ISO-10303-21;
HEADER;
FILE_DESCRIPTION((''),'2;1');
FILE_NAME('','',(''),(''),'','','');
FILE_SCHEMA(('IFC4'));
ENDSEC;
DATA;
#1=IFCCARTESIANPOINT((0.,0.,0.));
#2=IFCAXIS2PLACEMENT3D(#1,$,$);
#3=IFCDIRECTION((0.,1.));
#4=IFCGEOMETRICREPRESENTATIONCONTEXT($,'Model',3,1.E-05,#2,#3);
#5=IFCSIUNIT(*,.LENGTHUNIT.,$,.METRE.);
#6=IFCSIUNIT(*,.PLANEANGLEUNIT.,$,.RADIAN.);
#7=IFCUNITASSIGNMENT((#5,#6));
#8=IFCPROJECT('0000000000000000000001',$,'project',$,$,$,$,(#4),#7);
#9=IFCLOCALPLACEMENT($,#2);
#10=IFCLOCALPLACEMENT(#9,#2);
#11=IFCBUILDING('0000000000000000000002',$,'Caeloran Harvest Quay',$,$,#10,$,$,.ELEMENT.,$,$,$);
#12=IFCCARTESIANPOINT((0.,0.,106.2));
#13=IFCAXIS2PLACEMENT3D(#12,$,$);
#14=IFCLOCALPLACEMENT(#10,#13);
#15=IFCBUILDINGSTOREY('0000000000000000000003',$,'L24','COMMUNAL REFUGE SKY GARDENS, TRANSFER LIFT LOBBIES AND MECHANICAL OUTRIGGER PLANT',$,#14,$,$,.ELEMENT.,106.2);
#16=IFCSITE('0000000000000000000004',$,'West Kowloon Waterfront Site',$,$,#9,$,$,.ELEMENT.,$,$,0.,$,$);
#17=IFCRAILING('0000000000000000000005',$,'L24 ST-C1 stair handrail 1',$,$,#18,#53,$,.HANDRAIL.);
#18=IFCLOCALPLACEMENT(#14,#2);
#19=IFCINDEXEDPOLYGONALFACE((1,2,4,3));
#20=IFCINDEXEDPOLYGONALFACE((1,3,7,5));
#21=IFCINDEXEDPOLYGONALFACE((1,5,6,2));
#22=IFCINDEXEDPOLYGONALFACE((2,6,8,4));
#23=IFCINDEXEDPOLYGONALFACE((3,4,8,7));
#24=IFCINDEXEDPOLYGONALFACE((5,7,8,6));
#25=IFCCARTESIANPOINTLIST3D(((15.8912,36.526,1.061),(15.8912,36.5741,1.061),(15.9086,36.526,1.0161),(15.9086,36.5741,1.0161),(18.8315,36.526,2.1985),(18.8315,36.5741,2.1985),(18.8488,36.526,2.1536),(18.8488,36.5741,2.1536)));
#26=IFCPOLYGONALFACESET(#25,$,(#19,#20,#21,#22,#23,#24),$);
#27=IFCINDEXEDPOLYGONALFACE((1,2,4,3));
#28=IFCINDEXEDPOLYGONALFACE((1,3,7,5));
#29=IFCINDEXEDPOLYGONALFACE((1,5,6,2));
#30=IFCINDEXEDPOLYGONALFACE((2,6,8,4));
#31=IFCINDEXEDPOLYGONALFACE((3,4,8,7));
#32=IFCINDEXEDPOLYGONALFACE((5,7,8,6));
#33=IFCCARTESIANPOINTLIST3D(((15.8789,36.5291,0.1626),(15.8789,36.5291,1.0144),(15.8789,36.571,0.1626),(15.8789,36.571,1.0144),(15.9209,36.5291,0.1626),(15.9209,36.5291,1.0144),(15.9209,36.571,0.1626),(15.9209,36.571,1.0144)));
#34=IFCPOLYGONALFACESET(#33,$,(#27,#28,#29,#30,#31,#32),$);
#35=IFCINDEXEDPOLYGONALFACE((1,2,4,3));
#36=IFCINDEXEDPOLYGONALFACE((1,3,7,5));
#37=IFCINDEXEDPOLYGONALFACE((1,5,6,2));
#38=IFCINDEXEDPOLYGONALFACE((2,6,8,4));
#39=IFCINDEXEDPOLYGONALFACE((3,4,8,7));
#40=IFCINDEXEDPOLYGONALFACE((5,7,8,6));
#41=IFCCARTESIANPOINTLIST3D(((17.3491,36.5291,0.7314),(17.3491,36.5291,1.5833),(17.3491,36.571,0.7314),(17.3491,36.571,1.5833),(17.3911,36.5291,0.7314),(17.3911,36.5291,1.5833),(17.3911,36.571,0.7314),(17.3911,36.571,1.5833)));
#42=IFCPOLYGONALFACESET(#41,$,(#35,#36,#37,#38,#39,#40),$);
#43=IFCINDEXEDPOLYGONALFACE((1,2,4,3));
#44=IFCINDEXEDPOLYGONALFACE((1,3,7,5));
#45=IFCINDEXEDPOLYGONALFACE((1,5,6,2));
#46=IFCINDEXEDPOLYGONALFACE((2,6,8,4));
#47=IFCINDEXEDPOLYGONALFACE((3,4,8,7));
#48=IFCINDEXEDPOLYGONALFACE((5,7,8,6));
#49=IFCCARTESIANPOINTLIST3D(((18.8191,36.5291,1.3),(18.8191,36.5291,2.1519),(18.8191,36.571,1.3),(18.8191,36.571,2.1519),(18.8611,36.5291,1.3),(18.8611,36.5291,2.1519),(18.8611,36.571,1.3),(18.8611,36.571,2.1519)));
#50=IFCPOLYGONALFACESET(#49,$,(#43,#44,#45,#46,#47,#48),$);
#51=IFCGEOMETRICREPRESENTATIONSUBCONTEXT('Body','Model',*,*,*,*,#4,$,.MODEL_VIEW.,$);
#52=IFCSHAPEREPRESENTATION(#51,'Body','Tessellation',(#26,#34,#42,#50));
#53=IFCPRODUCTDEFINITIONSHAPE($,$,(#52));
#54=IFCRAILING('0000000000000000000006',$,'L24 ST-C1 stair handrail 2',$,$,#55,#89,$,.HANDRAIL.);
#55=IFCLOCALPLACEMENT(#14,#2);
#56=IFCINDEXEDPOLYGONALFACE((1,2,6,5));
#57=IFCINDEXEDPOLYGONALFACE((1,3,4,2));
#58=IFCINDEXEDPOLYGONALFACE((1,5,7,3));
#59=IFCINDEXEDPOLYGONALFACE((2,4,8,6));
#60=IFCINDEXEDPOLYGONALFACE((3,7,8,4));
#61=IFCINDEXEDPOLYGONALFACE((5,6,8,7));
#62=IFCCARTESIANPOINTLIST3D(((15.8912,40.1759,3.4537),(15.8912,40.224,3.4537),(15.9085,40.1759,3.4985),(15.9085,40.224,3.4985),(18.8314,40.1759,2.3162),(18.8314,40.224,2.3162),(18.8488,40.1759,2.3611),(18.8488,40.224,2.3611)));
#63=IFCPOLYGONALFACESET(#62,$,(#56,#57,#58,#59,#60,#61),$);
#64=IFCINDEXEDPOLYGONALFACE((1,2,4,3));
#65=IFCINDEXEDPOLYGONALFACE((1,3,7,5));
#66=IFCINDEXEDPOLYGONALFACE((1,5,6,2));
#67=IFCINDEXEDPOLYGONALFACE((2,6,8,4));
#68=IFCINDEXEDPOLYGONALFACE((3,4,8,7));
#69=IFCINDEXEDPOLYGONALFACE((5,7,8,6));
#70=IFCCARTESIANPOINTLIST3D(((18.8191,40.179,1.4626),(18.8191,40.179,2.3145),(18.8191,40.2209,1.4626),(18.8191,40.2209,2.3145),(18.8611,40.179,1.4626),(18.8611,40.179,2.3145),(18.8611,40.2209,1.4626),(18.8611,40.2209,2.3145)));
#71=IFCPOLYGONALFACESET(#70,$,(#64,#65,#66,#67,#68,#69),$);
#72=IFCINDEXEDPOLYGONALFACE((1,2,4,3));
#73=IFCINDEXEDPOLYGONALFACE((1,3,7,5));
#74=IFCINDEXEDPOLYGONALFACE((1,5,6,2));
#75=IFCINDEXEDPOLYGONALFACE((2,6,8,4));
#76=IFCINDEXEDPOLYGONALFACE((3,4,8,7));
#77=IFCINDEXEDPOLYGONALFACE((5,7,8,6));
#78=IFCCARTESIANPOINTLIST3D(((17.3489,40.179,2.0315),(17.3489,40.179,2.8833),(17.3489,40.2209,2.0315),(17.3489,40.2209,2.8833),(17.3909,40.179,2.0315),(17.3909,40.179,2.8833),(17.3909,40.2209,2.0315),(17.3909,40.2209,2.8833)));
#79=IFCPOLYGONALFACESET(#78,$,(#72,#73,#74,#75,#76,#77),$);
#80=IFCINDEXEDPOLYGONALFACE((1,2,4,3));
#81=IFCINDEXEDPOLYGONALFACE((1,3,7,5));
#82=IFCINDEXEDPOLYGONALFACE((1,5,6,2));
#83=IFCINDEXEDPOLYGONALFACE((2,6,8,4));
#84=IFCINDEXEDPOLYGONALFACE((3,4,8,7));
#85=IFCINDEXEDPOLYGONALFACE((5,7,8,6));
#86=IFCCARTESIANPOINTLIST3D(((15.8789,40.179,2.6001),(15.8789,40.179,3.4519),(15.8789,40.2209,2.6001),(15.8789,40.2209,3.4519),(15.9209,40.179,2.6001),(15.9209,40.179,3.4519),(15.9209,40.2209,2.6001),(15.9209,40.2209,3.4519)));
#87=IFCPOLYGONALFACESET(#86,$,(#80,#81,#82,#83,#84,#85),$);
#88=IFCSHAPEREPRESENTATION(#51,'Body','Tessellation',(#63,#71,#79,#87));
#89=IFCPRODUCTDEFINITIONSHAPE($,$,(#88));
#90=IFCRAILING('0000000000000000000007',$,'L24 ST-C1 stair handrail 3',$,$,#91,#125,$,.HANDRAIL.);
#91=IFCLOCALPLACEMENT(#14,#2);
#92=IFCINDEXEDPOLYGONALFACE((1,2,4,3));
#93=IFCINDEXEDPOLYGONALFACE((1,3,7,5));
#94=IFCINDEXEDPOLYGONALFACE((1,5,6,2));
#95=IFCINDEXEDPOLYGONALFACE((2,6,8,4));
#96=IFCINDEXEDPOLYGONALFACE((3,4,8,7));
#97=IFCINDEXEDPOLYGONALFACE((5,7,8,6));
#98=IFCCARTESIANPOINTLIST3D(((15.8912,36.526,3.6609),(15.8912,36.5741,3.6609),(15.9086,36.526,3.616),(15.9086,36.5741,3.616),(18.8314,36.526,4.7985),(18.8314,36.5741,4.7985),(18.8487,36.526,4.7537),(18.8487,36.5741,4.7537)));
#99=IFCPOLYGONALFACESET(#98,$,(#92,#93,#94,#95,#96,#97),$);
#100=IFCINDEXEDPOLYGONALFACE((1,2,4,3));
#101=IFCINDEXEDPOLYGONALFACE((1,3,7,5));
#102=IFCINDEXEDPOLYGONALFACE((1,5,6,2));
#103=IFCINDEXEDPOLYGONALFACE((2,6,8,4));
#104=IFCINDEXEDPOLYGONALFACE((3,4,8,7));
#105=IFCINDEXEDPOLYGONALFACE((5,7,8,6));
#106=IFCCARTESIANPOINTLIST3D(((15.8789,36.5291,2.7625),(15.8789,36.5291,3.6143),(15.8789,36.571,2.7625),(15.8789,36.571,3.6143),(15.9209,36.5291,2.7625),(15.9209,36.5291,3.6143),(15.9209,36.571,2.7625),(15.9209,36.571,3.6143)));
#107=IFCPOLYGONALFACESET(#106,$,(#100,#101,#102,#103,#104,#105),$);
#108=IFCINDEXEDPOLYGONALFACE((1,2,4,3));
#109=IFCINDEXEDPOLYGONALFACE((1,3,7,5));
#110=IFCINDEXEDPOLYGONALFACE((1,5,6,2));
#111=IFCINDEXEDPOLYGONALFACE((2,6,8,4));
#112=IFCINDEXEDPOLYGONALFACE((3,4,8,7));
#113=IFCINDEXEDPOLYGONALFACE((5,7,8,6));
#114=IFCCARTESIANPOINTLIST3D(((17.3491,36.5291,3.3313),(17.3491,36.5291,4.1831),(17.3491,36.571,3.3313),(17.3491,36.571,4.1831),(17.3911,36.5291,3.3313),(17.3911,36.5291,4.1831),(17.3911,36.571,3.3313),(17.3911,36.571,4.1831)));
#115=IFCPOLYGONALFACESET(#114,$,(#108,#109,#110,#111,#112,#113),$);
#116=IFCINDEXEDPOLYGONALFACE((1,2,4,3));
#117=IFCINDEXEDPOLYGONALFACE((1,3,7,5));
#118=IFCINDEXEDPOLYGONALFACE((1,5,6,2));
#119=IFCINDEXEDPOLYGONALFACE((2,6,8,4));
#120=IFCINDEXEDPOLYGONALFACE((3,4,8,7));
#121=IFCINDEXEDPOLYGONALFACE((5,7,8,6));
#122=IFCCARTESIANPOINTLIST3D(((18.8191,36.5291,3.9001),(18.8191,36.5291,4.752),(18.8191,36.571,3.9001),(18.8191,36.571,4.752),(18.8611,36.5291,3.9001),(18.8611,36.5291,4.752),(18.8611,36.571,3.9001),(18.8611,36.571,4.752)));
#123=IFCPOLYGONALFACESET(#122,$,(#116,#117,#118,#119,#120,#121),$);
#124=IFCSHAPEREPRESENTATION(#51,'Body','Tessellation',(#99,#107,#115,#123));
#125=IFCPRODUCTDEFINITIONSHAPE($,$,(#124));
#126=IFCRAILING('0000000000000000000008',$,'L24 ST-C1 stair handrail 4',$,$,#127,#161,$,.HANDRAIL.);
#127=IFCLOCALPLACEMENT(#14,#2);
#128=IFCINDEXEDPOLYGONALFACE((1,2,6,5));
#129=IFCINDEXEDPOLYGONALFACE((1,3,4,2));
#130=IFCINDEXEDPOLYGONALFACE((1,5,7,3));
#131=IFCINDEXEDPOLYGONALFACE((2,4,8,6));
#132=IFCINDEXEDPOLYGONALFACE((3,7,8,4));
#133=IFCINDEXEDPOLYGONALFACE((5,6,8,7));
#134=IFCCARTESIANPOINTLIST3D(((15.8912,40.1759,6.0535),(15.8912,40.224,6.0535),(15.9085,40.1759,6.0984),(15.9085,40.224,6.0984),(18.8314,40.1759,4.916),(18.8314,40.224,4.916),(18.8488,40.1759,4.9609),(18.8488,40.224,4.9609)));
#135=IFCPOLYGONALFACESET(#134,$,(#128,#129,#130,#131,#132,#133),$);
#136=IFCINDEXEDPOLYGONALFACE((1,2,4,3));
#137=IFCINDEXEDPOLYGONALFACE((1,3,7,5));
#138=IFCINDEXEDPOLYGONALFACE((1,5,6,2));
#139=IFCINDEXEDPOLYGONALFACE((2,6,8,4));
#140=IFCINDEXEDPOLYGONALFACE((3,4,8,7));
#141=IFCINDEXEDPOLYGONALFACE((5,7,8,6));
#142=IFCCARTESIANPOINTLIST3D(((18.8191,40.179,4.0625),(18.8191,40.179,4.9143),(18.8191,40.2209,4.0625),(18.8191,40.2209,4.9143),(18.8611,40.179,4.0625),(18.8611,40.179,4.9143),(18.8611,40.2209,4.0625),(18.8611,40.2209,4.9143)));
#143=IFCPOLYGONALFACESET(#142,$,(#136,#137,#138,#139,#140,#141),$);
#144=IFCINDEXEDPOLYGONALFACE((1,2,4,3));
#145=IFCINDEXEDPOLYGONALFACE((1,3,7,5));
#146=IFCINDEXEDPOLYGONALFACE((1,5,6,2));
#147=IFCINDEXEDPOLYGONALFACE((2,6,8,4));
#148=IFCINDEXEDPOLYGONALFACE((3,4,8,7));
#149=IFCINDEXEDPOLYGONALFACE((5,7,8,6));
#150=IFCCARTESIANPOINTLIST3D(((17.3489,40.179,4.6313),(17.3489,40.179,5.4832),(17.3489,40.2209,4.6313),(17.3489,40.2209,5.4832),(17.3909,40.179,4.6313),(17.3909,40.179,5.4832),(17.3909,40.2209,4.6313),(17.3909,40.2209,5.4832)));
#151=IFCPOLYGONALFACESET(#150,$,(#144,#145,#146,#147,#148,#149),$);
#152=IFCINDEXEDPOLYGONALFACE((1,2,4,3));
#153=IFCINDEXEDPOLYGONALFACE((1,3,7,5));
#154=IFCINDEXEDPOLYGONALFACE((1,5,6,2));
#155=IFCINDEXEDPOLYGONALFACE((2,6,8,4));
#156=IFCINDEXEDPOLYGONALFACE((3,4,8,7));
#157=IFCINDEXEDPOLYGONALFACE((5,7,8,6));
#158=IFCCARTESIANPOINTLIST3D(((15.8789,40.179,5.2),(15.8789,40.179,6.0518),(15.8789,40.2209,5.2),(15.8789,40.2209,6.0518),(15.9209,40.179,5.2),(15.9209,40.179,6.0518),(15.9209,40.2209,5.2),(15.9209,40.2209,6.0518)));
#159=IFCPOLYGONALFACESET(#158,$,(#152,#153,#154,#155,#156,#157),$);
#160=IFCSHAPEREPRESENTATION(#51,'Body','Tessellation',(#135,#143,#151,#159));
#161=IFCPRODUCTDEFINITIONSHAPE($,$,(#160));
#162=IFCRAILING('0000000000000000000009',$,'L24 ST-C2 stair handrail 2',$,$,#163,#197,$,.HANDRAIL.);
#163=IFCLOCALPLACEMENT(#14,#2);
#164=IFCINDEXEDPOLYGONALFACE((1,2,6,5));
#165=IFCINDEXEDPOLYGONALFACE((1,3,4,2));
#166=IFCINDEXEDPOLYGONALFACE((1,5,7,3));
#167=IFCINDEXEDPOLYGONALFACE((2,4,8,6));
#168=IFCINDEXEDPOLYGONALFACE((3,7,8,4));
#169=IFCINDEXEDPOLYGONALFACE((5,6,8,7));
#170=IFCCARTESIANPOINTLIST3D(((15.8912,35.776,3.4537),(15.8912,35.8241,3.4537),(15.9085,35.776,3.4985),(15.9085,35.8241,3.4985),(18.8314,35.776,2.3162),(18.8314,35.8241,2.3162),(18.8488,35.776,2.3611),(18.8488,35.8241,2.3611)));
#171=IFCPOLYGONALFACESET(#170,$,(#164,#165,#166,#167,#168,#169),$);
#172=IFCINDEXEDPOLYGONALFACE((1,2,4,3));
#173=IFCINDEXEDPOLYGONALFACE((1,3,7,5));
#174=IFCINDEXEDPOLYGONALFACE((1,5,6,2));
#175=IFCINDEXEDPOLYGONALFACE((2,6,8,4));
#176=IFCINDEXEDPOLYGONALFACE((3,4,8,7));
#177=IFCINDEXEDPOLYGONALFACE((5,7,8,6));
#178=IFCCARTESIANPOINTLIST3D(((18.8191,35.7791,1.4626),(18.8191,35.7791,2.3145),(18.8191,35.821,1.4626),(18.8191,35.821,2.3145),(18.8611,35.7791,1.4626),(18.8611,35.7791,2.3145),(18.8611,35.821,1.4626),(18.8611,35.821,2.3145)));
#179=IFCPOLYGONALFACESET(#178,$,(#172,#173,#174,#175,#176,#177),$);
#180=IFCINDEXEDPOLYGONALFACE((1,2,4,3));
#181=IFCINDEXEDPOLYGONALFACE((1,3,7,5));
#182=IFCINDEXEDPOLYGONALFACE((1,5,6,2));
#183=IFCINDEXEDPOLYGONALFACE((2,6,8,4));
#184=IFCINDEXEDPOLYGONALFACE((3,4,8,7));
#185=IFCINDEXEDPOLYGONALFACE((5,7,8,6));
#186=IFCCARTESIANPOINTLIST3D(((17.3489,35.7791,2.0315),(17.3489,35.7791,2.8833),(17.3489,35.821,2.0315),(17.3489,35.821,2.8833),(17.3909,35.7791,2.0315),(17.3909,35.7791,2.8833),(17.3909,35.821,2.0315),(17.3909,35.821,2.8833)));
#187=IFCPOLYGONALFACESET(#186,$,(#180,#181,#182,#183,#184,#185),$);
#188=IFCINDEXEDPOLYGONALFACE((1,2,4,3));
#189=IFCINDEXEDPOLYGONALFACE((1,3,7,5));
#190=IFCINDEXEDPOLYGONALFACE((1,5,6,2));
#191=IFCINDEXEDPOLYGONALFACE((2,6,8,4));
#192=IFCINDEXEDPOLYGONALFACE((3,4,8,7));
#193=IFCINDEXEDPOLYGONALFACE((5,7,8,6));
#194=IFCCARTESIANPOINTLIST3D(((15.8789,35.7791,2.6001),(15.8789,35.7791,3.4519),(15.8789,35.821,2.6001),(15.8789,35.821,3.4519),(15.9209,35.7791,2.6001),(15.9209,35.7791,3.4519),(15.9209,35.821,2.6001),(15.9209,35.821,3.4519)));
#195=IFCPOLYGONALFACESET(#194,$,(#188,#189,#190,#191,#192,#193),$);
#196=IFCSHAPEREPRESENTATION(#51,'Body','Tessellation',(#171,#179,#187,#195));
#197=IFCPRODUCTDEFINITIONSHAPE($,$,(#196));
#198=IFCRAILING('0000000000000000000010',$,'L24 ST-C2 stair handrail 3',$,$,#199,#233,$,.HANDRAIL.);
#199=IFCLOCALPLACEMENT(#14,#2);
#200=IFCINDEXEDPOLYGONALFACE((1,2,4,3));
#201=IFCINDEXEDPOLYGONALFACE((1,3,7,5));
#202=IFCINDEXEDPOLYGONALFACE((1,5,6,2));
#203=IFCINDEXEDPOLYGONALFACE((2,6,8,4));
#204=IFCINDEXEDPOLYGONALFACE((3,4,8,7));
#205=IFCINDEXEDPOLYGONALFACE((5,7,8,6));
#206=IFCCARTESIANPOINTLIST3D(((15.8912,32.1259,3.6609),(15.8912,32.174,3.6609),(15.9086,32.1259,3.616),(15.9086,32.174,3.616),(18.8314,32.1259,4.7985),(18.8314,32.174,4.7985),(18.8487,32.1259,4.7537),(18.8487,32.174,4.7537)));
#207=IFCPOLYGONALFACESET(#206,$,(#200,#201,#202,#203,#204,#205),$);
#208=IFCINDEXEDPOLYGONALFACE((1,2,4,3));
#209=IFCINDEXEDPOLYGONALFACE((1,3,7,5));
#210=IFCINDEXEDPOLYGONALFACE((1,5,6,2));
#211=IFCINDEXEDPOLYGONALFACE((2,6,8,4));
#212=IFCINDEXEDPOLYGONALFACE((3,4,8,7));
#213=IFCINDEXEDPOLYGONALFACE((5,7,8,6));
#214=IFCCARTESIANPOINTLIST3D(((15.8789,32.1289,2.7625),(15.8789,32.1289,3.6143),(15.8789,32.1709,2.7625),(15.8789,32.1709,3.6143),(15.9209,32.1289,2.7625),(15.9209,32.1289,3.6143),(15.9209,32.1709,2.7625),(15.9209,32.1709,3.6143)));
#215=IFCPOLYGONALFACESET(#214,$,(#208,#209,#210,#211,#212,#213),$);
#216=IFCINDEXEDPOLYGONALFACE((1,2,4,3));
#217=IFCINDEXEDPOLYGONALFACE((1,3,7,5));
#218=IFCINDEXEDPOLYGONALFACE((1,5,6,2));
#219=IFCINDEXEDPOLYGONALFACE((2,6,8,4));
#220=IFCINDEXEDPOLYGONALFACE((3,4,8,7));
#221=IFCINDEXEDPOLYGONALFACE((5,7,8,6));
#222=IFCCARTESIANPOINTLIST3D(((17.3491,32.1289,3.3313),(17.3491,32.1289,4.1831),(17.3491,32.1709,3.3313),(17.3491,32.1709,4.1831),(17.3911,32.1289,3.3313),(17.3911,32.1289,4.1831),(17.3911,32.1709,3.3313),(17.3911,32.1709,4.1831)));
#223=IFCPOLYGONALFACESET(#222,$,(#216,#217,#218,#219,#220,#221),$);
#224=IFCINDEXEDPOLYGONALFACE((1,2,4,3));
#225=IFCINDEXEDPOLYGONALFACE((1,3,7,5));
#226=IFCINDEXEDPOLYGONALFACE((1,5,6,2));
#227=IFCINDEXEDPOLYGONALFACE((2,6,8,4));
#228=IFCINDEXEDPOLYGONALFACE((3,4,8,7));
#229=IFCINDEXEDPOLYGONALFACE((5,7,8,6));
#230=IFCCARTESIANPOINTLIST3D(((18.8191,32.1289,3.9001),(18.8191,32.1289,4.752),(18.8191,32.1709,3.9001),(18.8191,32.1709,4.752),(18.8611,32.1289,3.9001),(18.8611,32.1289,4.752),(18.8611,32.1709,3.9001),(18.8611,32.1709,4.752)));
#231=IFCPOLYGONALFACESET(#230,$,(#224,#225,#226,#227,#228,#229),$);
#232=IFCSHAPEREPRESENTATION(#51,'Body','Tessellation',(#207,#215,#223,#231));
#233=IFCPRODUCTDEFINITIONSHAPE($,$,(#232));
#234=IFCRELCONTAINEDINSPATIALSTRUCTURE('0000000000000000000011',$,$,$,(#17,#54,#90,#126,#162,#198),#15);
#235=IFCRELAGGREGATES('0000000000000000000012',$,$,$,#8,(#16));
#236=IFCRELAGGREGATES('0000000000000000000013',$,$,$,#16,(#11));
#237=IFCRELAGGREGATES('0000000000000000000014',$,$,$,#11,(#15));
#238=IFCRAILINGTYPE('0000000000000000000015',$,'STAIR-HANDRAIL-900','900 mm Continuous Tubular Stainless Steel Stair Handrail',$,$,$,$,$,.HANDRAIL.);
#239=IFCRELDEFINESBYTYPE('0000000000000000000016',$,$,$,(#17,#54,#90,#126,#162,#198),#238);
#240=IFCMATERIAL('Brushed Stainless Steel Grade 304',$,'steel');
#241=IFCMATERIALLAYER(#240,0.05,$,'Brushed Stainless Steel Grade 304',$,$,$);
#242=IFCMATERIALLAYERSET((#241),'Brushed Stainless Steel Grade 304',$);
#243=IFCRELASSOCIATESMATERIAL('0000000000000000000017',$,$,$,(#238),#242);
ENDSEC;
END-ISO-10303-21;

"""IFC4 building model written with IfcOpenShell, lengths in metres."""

from ifc_helpers import new_model, si_unit, direction, frame, origin, origin_2d, place, context, subcontext, project, spatial, rectangle, extrude, material, layer, layer_set, type_object, element, save


model = new_model("IFC4")

# Units and contexts
model_context = context("Model", 3, precision=1e-05, world=origin(), true_north=direction((0.0, 1.0)))
body_context = subcontext(model_context, "Body", "Model", "MODEL_VIEW")
ifc_project = project(units=[si_unit("LENGTHUNIT", "METRE"), si_unit("PLANEANGLEUNIT", "RADIAN")], contexts=[model_context])

# Site, building, storey
site_placement = place(None, origin())
site = spatial("IfcSite", under=ifc_project, at=site_placement, Name="West Kowloon Waterfront Site", CompositionType="ELEMENT", RefElevation=0.0)
building_placement = place(site_placement, origin())
building = spatial("IfcBuilding", under=site, at=building_placement, Name="Caeloran Harvest Quay", CompositionType="ELEMENT")
storey_placement = place(building_placement, frame((0.0, 0.0, 106.2)))
storey = spatial("IfcBuildingStorey", under=building, at=storey_placement, Name="L24", Description="COMMUNAL REFUGE SKY GARDENS, TRANSFER LIFT LOBBIES AND MECHANICAL OUTRIGGER PLANT", CompositionType="ELEMENT", Elevation=106.2)

# Railings
ifc_material_1 = material(Name="Brushed Stainless Steel Grade 304", Category="steel")
ifc_layer_1 = layer(ifc_material_1, 0.05, Name="Brushed Stainless Steel Grade 304")
ifc_layer_set_1 = layer_set([ifc_layer_1], Name="Brushed Stainless Steel Grade 304")
railing_type_1 = type_object("IfcRailingType", Name="STAIR-HANDRAIL-900", Description="900 mm Continuous Tubular Stainless Steel Stair Handrail", PredefinedType="HANDRAIL", material=ifc_layer_set_1)
railing_1_placement = place(storey_placement, frame((15.8999, 36.55, 0.1626)))
element("IfcRailing", 1, at=railing_1_placement, inside=storey, type_object=railing_type_1, Name="L24 ST-C1 stair handrail 1", PredefinedType="HANDRAIL", context=body_context, shape_type="SweptSolid", body=[
    extrude(rectangle(XDim=0.0481, YDim=0.0481, at=origin_2d()), frame((0.0, 0.0, 0.876), z_axis=(0.932641, 0.0, 0.360805), x_axis=(0.0, 1.0, 0.0)), (0.0, 0.0, 1.0), 3.1526),
    extrude(rectangle(XDim=0.042, YDim=0.042, at=origin_2d()), origin(), (0.0, 0.0, 1.0), 0.8518),
    extrude(rectangle(XDim=0.042, YDim=0.042, at=origin_2d()), frame((1.4702, 0.0, 0.5688)), (0.0, 0.0, 1.0), 0.8518),
    extrude(rectangle(XDim=0.042, YDim=0.042, at=origin_2d()), frame((2.9402, 0.0, 1.1375)), (0.0, 0.0, 1.0), 0.8518),
])
railing_2_placement = place(storey_placement, frame((18.8401, 40.2, 1.4626)))
element("IfcRailing", 2, at=railing_2_placement, inside=storey, type_object=railing_type_1, Name="L24 ST-C1 stair handrail 2", PredefinedType="HANDRAIL", context=body_context, shape_type="SweptSolid", body=[
    extrude(rectangle(XDim=0.0481, YDim=0.0481, at=origin_2d()), frame((0.0, 0.0, 0.876), z_axis=(-0.932641, 0.0, 0.360805), x_axis=(0.0, -1.0, 0.0)), (0.0, 0.0, 1.0), 3.1526),
    extrude(rectangle(XDim=0.042, YDim=0.042, at=origin_2d()), origin(), (0.0, 0.0, 1.0), 0.8518),
    extrude(rectangle(XDim=0.042, YDim=0.042, at=origin_2d()), frame((-1.4702, 0.0, 0.5688)), (0.0, 0.0, 1.0), 0.8518),
    extrude(rectangle(XDim=0.042, YDim=0.042, at=origin_2d()), frame((-2.9402, 0.0, 1.1375)), (0.0, 0.0, 1.0), 0.8518),
])
railing_3_placement = place(storey_placement, frame((15.8999, 36.55, 2.7625)))
element("IfcRailing", 3, at=railing_3_placement, inside=storey, type_object=railing_type_1, Name="L24 ST-C1 stair handrail 3", PredefinedType="HANDRAIL", context=body_context, shape_type="SweptSolid", body=[
    extrude(rectangle(XDim=0.0481, YDim=0.0481, at=origin_2d()), frame((0.0, 0.0, 0.876), z_axis=(0.932615, 0.0, 0.360872), x_axis=(0.0, 1.0, 0.0)), (0.0, 0.0, 1.0), 3.1526),
    extrude(rectangle(XDim=0.042, YDim=0.042, at=origin_2d()), origin(), (0.0, 0.0, 1.0), 0.8518),
    extrude(rectangle(XDim=0.042, YDim=0.042, at=origin_2d()), frame((1.4702, 0.0, 0.5688)), (0.0, 0.0, 1.0), 0.8518),
    extrude(rectangle(XDim=0.042, YDim=0.042, at=origin_2d()), frame((2.9402, 0.0, 1.1377)), (0.0, 0.0, 1.0), 0.8518),
])
for number, where, name in (
    (4, (18.8401, 40.2, 4.0625), "L24 ST-C1 stair handrail 4"),
    (5, (18.8401, 35.8, 1.4626), "L24 ST-C2 stair handrail 2"),
):
    element("IfcRailing", number, at=place(storey_placement, frame(where)), inside=storey, type_object=railing_type_1, Name=name, PredefinedType="HANDRAIL", context=body_context, shape_type="SweptSolid", body=[
        extrude(rectangle(XDim=0.0481, YDim=0.0481, at=origin_2d()), frame((0.0, 0.0, 0.876), z_axis=(-0.932641, 0.0, 0.360805), x_axis=(0.0, -1.0, 0.0)), (0.0, 0.0, 1.0), 3.1526),
        extrude(rectangle(XDim=0.042, YDim=0.042, at=origin_2d()), origin(), (0.0, 0.0, 1.0), 0.8518),
        extrude(rectangle(XDim=0.042, YDim=0.042, at=origin_2d()), frame((-1.4702, 0.0, 0.5688)), (0.0, 0.0, 1.0), 0.8518),
        extrude(rectangle(XDim=0.042, YDim=0.042, at=origin_2d()), frame((-2.9402, 0.0, 1.1375)), (0.0, 0.0, 1.0), 0.8518),
    ])
railing_4_placement = place(storey_placement, frame((15.8999, 32.1499, 2.7625)))
element("IfcRailing", 6, at=railing_4_placement, inside=storey, type_object=railing_type_1, Name="L24 ST-C2 stair handrail 3", PredefinedType="HANDRAIL", context=body_context, shape_type="SweptSolid", body=[
    extrude(rectangle(XDim=0.0481, YDim=0.0481, at=origin_2d()), frame((0.0, 0.0, 0.876), z_axis=(0.932615, 0.0, 0.360872), x_axis=(0.0, 1.0, 0.0)), (0.0, 0.0, 1.0), 3.1526),
    extrude(rectangle(XDim=0.042, YDim=0.042, at=origin_2d()), origin(), (0.0, 0.0, 1.0), 0.8518),
    extrude(rectangle(XDim=0.042, YDim=0.042, at=origin_2d()), frame((1.4702, 0.0, 0.5688)), (0.0, 0.0, 1.0), 0.8518),
    extrude(rectangle(XDim=0.042, YDim=0.042, at=origin_2d()), frame((2.9402, 0.0, 1.1377)), (0.0, 0.0, 1.0), 0.8518),
])

save(model, "model.ifc")
